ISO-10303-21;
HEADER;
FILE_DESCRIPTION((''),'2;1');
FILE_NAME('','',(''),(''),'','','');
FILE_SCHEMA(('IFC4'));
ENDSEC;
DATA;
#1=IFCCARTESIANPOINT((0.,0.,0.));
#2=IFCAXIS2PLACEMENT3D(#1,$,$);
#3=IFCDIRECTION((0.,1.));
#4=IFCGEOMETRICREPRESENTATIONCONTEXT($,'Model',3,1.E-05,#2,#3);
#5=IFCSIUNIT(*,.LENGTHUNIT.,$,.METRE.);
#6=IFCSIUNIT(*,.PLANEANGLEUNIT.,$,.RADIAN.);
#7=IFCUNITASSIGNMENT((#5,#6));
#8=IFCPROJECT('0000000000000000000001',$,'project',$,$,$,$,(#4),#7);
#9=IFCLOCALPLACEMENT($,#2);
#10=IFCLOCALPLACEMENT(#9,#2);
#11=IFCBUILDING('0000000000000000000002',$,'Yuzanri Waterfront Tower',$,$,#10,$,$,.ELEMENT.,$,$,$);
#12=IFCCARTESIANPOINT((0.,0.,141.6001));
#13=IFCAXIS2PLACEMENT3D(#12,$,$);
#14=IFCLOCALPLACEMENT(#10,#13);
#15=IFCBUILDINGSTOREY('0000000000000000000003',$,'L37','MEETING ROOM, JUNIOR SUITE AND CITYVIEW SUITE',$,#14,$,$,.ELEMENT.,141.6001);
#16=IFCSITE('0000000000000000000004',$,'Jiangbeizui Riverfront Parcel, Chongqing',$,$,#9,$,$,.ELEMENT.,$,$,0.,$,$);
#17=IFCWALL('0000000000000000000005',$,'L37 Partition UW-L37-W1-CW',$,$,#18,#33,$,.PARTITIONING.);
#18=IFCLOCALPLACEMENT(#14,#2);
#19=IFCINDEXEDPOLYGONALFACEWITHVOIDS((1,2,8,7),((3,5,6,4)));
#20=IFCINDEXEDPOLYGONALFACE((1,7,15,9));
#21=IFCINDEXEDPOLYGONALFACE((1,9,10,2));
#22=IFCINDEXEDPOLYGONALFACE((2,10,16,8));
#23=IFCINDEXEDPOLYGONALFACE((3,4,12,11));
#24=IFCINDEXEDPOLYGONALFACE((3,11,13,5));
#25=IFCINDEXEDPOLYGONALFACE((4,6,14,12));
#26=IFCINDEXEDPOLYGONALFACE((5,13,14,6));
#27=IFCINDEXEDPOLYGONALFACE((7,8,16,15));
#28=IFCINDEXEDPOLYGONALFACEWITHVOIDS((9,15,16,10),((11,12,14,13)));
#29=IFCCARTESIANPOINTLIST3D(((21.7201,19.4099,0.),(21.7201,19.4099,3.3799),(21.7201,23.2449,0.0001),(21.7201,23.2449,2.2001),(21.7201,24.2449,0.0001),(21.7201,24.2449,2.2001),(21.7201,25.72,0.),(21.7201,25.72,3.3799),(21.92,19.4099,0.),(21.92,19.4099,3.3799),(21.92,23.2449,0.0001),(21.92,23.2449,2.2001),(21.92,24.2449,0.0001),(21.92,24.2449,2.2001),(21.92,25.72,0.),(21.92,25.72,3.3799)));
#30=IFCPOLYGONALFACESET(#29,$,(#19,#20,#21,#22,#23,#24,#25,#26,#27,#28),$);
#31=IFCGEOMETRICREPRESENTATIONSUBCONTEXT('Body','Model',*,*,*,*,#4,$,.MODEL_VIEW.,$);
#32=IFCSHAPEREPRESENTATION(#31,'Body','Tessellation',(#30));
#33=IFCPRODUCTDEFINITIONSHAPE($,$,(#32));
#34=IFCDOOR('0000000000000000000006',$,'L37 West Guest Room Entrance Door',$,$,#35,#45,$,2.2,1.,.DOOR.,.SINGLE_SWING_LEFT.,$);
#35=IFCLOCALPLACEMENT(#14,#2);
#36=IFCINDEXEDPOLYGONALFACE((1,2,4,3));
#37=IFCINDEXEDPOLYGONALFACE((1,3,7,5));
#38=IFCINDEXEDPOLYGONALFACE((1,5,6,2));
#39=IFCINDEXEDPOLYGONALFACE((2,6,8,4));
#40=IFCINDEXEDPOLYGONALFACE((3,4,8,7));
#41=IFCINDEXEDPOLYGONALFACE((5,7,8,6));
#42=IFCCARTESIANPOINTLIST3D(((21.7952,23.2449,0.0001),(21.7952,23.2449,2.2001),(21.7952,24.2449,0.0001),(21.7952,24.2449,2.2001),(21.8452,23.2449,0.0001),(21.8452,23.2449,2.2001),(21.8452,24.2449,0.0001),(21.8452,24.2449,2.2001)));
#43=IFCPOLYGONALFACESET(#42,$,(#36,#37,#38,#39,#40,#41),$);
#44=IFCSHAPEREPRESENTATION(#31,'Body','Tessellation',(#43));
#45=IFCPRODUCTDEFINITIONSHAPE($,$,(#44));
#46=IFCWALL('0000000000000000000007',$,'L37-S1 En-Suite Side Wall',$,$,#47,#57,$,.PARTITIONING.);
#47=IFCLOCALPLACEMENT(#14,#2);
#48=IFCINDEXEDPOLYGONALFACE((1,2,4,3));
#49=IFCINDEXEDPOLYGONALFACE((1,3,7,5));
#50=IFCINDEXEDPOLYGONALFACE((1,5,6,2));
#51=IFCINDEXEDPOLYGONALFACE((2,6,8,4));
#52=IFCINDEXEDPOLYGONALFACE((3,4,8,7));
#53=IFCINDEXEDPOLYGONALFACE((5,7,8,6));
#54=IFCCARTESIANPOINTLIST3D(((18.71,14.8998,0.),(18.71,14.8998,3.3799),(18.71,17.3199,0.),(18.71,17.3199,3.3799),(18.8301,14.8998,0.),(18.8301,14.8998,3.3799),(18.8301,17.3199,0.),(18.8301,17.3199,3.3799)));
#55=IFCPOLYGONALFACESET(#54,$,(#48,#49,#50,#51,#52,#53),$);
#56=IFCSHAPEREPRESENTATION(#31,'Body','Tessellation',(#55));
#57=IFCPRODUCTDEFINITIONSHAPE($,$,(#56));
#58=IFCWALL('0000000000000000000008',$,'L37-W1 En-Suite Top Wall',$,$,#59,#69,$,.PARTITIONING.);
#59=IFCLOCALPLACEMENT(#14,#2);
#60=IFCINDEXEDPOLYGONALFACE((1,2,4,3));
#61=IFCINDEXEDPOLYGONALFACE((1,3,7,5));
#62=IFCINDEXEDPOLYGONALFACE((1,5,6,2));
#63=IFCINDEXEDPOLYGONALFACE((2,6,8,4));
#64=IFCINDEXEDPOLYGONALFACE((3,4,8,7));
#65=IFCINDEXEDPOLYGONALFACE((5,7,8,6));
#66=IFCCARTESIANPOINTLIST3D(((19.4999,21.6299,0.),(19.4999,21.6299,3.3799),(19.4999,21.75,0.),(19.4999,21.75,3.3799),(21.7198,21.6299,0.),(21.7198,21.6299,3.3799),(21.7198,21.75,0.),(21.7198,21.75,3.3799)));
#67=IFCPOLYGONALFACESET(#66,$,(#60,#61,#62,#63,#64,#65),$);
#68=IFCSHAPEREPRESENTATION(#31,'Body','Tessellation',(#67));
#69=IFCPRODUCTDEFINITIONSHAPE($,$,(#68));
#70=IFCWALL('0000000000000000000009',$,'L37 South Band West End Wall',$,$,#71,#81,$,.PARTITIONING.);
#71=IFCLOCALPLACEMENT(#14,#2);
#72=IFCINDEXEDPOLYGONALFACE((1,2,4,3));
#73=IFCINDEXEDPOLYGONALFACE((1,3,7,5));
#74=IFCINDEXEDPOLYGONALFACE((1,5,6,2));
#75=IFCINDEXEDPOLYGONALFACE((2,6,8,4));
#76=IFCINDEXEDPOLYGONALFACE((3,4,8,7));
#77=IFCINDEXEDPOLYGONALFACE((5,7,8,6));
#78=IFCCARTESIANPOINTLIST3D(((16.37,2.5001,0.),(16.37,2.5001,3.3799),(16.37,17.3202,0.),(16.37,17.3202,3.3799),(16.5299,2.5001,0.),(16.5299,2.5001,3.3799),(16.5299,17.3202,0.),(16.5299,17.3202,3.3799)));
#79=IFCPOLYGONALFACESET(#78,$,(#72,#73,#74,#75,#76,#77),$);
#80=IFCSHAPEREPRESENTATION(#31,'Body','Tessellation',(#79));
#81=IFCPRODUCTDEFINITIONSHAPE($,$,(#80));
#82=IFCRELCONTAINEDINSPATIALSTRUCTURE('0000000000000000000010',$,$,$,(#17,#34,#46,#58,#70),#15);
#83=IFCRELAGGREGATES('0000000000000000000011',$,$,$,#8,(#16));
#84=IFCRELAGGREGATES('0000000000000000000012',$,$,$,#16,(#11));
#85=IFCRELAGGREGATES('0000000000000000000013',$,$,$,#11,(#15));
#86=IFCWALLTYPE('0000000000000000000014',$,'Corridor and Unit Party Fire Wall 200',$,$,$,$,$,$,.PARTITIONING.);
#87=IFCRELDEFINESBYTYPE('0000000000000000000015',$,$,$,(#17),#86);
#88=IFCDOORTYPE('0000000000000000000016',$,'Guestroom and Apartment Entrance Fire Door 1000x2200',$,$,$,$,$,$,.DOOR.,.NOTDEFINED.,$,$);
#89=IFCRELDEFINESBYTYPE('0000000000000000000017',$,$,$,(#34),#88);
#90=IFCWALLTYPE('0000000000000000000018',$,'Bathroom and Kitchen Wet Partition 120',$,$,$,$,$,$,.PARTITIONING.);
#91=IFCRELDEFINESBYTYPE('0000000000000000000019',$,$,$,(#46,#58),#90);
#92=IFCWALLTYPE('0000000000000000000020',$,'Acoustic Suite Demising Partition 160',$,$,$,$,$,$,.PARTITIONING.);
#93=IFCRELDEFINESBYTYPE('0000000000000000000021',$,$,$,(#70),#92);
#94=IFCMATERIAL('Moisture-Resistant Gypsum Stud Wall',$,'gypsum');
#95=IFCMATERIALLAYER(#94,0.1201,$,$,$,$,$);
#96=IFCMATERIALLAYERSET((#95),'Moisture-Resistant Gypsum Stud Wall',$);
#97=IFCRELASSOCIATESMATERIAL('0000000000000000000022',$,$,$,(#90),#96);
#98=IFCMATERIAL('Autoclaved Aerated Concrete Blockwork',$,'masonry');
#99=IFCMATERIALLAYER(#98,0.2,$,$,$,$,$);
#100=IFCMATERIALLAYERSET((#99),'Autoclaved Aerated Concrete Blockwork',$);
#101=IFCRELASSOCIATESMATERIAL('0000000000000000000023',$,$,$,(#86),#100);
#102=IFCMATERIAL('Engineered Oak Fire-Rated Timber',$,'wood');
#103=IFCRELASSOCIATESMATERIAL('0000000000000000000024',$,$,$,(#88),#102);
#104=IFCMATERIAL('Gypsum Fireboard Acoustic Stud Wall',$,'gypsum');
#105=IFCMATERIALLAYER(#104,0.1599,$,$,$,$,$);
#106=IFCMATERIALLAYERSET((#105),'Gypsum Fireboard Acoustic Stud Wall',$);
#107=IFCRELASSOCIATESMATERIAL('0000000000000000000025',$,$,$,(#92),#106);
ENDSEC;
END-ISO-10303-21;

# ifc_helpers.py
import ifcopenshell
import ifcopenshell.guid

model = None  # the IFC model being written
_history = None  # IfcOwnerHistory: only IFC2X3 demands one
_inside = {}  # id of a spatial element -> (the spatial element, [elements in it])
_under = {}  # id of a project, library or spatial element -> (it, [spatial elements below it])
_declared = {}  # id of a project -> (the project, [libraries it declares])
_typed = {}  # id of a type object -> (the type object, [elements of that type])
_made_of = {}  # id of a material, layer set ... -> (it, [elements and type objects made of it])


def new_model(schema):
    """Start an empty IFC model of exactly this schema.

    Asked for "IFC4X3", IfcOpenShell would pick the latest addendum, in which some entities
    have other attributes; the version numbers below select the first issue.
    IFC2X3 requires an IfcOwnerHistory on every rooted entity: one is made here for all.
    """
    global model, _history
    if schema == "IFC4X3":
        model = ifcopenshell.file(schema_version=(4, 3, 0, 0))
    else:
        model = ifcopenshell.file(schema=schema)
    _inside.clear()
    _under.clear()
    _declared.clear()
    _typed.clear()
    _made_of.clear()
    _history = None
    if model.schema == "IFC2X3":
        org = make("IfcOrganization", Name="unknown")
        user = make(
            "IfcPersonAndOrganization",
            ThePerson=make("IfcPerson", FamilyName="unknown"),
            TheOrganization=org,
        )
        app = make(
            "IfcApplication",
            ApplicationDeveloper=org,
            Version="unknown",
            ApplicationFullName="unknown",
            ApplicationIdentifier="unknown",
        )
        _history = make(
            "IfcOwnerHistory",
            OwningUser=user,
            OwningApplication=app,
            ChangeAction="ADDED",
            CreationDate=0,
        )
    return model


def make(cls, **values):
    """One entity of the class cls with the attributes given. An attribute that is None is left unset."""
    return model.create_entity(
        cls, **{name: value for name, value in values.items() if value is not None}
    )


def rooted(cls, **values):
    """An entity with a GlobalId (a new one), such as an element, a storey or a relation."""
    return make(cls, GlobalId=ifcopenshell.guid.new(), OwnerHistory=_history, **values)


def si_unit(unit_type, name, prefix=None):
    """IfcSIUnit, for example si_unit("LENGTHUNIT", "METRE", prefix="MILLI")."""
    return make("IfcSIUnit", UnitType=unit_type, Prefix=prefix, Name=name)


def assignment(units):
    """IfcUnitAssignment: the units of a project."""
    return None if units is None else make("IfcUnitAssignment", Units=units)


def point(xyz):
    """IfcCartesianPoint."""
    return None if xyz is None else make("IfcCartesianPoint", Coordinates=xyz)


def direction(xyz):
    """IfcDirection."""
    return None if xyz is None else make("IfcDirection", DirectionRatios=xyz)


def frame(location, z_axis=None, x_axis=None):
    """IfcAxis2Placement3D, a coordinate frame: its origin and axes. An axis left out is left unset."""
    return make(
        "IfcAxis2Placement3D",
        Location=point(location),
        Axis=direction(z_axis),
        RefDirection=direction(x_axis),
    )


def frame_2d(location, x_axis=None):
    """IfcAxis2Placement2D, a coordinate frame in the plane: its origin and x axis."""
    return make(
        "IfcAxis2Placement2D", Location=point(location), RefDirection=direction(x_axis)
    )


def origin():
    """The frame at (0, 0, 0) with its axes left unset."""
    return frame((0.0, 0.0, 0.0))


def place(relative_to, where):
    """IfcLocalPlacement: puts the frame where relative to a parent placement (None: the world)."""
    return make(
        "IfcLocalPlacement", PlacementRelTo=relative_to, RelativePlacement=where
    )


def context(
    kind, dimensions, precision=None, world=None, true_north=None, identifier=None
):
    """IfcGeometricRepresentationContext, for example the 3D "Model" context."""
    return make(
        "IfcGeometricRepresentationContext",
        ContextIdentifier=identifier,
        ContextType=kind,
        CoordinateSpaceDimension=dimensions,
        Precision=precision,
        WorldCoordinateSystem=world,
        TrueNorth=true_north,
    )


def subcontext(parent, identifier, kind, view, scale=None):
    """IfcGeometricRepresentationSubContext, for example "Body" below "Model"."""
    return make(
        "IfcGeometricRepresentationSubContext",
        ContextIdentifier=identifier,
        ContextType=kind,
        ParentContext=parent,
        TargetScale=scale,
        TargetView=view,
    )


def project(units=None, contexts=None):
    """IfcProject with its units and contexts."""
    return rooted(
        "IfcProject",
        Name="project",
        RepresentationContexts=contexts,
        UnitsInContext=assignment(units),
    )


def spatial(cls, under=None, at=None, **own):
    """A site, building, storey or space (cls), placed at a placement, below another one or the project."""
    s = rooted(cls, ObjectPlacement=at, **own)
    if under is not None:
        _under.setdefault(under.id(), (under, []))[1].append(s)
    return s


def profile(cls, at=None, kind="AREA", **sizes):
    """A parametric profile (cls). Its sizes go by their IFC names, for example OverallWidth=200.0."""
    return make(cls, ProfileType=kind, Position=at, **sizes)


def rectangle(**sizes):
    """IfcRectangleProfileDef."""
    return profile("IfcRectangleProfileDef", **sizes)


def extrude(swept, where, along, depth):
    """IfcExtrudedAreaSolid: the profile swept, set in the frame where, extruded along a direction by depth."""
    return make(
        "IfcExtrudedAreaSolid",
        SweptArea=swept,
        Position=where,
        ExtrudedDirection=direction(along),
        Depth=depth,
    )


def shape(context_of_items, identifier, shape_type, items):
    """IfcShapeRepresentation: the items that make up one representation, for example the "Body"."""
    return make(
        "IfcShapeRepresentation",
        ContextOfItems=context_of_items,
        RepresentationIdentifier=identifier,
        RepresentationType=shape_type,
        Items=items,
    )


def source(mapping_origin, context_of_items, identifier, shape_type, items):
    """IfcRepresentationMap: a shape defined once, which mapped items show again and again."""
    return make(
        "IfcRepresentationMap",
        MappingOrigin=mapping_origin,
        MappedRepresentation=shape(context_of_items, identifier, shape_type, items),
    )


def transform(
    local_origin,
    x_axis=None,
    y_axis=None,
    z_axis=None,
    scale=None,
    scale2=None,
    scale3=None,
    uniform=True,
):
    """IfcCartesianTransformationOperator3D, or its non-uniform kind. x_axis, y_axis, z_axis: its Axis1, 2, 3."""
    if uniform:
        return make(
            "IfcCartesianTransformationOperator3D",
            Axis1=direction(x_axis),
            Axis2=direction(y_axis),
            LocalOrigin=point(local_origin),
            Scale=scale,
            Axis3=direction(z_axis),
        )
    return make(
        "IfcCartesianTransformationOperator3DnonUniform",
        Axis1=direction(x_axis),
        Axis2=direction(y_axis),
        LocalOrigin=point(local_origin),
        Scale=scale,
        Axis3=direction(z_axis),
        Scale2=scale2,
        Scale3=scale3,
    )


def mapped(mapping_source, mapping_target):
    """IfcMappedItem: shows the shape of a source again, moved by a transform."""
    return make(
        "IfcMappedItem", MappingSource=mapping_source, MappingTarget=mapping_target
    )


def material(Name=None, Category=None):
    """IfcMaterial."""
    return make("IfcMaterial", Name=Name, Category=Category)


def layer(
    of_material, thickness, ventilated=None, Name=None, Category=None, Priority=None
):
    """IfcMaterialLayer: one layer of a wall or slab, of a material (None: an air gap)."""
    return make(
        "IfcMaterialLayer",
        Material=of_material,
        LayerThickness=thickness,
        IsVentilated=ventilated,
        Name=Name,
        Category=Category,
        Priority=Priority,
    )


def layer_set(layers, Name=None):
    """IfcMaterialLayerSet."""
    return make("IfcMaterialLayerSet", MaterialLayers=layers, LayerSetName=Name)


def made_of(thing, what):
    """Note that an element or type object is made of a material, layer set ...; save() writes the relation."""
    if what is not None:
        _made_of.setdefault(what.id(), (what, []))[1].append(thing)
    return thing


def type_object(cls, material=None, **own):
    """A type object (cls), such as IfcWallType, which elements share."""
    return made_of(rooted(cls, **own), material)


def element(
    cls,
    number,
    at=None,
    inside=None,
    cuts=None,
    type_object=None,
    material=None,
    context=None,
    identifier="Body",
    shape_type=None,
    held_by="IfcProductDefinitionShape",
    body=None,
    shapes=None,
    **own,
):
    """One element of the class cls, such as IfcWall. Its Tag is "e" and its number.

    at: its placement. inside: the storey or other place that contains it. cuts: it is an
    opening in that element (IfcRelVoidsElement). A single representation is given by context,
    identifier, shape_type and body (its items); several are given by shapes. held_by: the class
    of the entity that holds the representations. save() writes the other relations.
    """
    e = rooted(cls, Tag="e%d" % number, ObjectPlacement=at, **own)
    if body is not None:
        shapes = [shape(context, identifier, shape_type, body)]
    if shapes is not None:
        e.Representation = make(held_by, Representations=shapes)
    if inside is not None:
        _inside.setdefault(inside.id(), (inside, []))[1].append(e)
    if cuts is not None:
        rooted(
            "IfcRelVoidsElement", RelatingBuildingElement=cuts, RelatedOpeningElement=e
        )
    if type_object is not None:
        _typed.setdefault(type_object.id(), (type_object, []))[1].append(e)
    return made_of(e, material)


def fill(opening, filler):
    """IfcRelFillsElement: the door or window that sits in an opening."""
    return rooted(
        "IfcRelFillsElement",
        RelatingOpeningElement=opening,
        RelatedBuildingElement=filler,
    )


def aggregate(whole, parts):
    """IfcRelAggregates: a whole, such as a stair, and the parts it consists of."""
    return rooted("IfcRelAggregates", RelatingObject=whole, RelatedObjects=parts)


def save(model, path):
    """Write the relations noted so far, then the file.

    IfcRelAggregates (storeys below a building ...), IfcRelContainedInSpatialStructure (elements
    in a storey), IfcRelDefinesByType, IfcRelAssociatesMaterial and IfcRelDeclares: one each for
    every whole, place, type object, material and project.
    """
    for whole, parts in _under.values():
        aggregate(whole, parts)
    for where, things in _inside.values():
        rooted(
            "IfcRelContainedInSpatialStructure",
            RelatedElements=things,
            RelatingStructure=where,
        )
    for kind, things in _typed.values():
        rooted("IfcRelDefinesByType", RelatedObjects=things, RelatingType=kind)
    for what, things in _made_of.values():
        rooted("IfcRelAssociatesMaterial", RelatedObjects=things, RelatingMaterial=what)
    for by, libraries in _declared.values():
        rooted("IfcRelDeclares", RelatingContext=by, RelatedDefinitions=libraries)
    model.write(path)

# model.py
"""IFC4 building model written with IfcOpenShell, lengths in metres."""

from ifc_helpers import new_model, si_unit, direction, frame, frame_2d, origin, place, context, subcontext, project, spatial, rectangle, extrude, source, transform, mapped, material, layer, layer_set, type_object, element, fill, save


model = new_model("IFC4")

# Units and contexts
model_context = context("Model", 3, precision=1e-05, world=origin(), true_north=direction((0.0, 1.0)))
body_context = subcontext(model_context, "Body", "Model", "MODEL_VIEW")
ifc_project = project(units=[si_unit("LENGTHUNIT", "METRE"), si_unit("PLANEANGLEUNIT", "RADIAN")], contexts=[model_context])

# Site, building, storey
site_placement = place(None, origin())
site = spatial("IfcSite", under=ifc_project, at=site_placement, Name="Jiangbeizui Riverfront Parcel, Chongqing", CompositionType="ELEMENT", RefElevation=0.0)
building_placement = place(site_placement, origin())
building = spatial("IfcBuilding", under=site, at=building_placement, Name="Yuzanri Waterfront Tower", CompositionType="ELEMENT")
storey_placement = place(building_placement, frame((0.0, 0.0, 141.6001)))
storey = spatial("IfcBuildingStorey", under=building, at=storey_placement, Name="L37", Description="MEETING ROOM, JUNIOR SUITE AND CITYVIEW SUITE", CompositionType="ELEMENT", Elevation=141.6001)

# Shared definitions
ifc_material_1 = material(Name="Moisture-Resistant Gypsum Stud Wall", Category="gypsum")
ifc_layer_1 = layer(ifc_material_1, 0.1201)
ifc_layer_set_1 = layer_set([ifc_layer_1], Name="Moisture-Resistant Gypsum Stud Wall")
wall_type_1 = type_object("IfcWallType", Name="Bathroom and Kitchen Wet Partition 120", PredefinedType="PARTITIONING", material=ifc_layer_set_1)

# Wall, opening, door
ifc_material_2 = material(Name="Autoclaved Aerated Concrete Blockwork", Category="masonry")
ifc_layer_2 = layer(ifc_material_2, 0.2)
ifc_layer_set_2 = layer_set([ifc_layer_2], Name="Autoclaved Aerated Concrete Blockwork")
wall_type_2 = type_object("IfcWallType", Name="Corridor and Unit Party Fire Wall 200", PredefinedType="PARTITIONING", material=ifc_layer_set_2)
ifc_material_3 = material(Name="Engineered Oak Fire-Rated Timber", Category="wood")
door_type_1 = type_object("IfcDoorType", Name="Guestroom and Apartment Entrance Fire Door 1000x2200", OperationType="NOTDEFINED", PredefinedType="DOOR", material=ifc_material_3)
shared_shape_1 = source(origin(), body_context, "Body", "SweptSolid", [
    extrude(rectangle(XDim=1.0, YDim=2.2, at=frame_2d((0.5, 1.1001))), frame((0.0, 0.0249, 0.0), z_axis=(0.0, -1.0, 0.0), x_axis=(1.0, 0.0, 0.0)), (0.0, 0.0, 1.0), 0.05),
])
wall_1_placement = place(storey_placement, frame((21.8201, 19.4099, 0.0), z_axis=(0.0, 0.0, 1.0), x_axis=(0.0, 1.0, 0.0)))
wall_1 = element("IfcWall", 1, at=wall_1_placement, inside=storey, type_object=wall_type_2, Name="L37 Partition UW-L37-W1-CW", PredefinedType="PARTITIONING", context=body_context, shape_type="SweptSolid", body=[
    extrude(rectangle(XDim=6.3101, YDim=0.2, at=frame_2d((3.155, 0.0))), origin(), (0.0, 0.0, 1.0), 3.3799),
])
opening_1_placement = place(wall_1_placement, frame((3.835, 0.0, 0.0)))
opening_1 = element("IfcOpeningElement", 2, at=opening_1_placement, cuts=wall_1, PredefinedType="OPENING", context=body_context, shape_type="SweptSolid", body=[
    extrude(rectangle(XDim=1.0, YDim=2.2, at=frame_2d((0.5, 1.1001))), frame((0.0, 0.1147, 0.0), z_axis=(0.0, -1.0, 0.0), x_axis=(1.0, 0.0, 0.0)), (0.0, 0.0, 1.0), 0.2297),
])
door_1_placement = place(opening_1_placement, origin())
door_1 = element("IfcDoor", 3, at=door_1_placement, inside=storey, type_object=door_type_1, Name="L37 West Guest Room Entrance Door", OperationType="SINGLE_SWING_LEFT", OverallHeight=2.2, OverallWidth=1.0, PredefinedType="DOOR", context=body_context, shape_type="MappedRepresentation", body=[
    mapped(shared_shape_1, transform((0.0, 0.0, 0.0), scale=1.0)),
])
fill(opening_1, door_1)

# Walls
shared_shape_2 = source(origin(), body_context, "Body", "SweptSolid", [
    extrude(rectangle(XDim=2.4202, YDim=0.1201, at=frame_2d((1.21, 0.0))), origin(), (0.0, 0.0, 1.0), 3.3799),
])
wall_2_placement = place(storey_placement, frame((18.77, 14.8999, 0.0), z_axis=(0.0, 0.0, 1.0), x_axis=(0.0, 1.0, 0.0)))
element("IfcWall", 4, at=wall_2_placement, inside=storey, type_object=wall_type_1, Name="L37-S1 En-Suite Side Wall", PredefinedType="PARTITIONING", context=body_context, shape_type="MappedRepresentation", body=[
    mapped(shared_shape_2, transform((0.0, 0.0, 0.0), scale=1.0)),
])
shared_shape_3 = source(origin(), body_context, "Body", "SweptSolid", [
    extrude(rectangle(XDim=2.22, YDim=0.1201, at=frame_2d((1.1099, 0.0))), origin(), (0.0, 0.0, 1.0), 3.3799),
])
wall_3_placement = place(storey_placement, frame((19.5, 21.6899, 0.0), z_axis=(0.0, 0.0, 1.0), x_axis=(1.0, 0.0, 0.0)))
element("IfcWall", 5, at=wall_3_placement, inside=storey, type_object=wall_type_1, Name="L37-W1 En-Suite Top Wall", PredefinedType="PARTITIONING", context=body_context, shape_type="MappedRepresentation", body=[
    mapped(shared_shape_3, transform((0.0, 0.0, 0.0), scale=1.0)),
])
ifc_material_4 = material(Name="Gypsum Fireboard Acoustic Stud Wall", Category="gypsum")
ifc_layer_3 = layer(ifc_material_4, 0.1599)
ifc_layer_set_3 = layer_set([ifc_layer_3], Name="Gypsum Fireboard Acoustic Stud Wall")
wall_type_3 = type_object("IfcWallType", Name="Acoustic Suite Demising Partition 160", PredefinedType="PARTITIONING", material=ifc_layer_set_3)
shared_shape_4 = source(origin(), body_context, "Body", "SweptSolid", [
    extrude(rectangle(XDim=14.8201, YDim=0.1599, at=frame_2d((7.4102, 0.0))), origin(), (0.0, 0.0, 1.0), 3.3799),
])
wall_4_placement = place(storey_placement, frame((16.45, 2.5, 0.0), z_axis=(0.0, 0.0, 1.0), x_axis=(0.0, 1.0, 0.0)))
element("IfcWall", 6, at=wall_4_placement, inside=storey, type_object=wall_type_3, Name="L37 South Band West End Wall", PredefinedType="PARTITIONING", context=body_context, shape_type="MappedRepresentation", body=[
    mapped(shared_shape_4, transform((0.0, 0.0, 0.0), scale=1.0)),
])

save(model, "model.ifc")
